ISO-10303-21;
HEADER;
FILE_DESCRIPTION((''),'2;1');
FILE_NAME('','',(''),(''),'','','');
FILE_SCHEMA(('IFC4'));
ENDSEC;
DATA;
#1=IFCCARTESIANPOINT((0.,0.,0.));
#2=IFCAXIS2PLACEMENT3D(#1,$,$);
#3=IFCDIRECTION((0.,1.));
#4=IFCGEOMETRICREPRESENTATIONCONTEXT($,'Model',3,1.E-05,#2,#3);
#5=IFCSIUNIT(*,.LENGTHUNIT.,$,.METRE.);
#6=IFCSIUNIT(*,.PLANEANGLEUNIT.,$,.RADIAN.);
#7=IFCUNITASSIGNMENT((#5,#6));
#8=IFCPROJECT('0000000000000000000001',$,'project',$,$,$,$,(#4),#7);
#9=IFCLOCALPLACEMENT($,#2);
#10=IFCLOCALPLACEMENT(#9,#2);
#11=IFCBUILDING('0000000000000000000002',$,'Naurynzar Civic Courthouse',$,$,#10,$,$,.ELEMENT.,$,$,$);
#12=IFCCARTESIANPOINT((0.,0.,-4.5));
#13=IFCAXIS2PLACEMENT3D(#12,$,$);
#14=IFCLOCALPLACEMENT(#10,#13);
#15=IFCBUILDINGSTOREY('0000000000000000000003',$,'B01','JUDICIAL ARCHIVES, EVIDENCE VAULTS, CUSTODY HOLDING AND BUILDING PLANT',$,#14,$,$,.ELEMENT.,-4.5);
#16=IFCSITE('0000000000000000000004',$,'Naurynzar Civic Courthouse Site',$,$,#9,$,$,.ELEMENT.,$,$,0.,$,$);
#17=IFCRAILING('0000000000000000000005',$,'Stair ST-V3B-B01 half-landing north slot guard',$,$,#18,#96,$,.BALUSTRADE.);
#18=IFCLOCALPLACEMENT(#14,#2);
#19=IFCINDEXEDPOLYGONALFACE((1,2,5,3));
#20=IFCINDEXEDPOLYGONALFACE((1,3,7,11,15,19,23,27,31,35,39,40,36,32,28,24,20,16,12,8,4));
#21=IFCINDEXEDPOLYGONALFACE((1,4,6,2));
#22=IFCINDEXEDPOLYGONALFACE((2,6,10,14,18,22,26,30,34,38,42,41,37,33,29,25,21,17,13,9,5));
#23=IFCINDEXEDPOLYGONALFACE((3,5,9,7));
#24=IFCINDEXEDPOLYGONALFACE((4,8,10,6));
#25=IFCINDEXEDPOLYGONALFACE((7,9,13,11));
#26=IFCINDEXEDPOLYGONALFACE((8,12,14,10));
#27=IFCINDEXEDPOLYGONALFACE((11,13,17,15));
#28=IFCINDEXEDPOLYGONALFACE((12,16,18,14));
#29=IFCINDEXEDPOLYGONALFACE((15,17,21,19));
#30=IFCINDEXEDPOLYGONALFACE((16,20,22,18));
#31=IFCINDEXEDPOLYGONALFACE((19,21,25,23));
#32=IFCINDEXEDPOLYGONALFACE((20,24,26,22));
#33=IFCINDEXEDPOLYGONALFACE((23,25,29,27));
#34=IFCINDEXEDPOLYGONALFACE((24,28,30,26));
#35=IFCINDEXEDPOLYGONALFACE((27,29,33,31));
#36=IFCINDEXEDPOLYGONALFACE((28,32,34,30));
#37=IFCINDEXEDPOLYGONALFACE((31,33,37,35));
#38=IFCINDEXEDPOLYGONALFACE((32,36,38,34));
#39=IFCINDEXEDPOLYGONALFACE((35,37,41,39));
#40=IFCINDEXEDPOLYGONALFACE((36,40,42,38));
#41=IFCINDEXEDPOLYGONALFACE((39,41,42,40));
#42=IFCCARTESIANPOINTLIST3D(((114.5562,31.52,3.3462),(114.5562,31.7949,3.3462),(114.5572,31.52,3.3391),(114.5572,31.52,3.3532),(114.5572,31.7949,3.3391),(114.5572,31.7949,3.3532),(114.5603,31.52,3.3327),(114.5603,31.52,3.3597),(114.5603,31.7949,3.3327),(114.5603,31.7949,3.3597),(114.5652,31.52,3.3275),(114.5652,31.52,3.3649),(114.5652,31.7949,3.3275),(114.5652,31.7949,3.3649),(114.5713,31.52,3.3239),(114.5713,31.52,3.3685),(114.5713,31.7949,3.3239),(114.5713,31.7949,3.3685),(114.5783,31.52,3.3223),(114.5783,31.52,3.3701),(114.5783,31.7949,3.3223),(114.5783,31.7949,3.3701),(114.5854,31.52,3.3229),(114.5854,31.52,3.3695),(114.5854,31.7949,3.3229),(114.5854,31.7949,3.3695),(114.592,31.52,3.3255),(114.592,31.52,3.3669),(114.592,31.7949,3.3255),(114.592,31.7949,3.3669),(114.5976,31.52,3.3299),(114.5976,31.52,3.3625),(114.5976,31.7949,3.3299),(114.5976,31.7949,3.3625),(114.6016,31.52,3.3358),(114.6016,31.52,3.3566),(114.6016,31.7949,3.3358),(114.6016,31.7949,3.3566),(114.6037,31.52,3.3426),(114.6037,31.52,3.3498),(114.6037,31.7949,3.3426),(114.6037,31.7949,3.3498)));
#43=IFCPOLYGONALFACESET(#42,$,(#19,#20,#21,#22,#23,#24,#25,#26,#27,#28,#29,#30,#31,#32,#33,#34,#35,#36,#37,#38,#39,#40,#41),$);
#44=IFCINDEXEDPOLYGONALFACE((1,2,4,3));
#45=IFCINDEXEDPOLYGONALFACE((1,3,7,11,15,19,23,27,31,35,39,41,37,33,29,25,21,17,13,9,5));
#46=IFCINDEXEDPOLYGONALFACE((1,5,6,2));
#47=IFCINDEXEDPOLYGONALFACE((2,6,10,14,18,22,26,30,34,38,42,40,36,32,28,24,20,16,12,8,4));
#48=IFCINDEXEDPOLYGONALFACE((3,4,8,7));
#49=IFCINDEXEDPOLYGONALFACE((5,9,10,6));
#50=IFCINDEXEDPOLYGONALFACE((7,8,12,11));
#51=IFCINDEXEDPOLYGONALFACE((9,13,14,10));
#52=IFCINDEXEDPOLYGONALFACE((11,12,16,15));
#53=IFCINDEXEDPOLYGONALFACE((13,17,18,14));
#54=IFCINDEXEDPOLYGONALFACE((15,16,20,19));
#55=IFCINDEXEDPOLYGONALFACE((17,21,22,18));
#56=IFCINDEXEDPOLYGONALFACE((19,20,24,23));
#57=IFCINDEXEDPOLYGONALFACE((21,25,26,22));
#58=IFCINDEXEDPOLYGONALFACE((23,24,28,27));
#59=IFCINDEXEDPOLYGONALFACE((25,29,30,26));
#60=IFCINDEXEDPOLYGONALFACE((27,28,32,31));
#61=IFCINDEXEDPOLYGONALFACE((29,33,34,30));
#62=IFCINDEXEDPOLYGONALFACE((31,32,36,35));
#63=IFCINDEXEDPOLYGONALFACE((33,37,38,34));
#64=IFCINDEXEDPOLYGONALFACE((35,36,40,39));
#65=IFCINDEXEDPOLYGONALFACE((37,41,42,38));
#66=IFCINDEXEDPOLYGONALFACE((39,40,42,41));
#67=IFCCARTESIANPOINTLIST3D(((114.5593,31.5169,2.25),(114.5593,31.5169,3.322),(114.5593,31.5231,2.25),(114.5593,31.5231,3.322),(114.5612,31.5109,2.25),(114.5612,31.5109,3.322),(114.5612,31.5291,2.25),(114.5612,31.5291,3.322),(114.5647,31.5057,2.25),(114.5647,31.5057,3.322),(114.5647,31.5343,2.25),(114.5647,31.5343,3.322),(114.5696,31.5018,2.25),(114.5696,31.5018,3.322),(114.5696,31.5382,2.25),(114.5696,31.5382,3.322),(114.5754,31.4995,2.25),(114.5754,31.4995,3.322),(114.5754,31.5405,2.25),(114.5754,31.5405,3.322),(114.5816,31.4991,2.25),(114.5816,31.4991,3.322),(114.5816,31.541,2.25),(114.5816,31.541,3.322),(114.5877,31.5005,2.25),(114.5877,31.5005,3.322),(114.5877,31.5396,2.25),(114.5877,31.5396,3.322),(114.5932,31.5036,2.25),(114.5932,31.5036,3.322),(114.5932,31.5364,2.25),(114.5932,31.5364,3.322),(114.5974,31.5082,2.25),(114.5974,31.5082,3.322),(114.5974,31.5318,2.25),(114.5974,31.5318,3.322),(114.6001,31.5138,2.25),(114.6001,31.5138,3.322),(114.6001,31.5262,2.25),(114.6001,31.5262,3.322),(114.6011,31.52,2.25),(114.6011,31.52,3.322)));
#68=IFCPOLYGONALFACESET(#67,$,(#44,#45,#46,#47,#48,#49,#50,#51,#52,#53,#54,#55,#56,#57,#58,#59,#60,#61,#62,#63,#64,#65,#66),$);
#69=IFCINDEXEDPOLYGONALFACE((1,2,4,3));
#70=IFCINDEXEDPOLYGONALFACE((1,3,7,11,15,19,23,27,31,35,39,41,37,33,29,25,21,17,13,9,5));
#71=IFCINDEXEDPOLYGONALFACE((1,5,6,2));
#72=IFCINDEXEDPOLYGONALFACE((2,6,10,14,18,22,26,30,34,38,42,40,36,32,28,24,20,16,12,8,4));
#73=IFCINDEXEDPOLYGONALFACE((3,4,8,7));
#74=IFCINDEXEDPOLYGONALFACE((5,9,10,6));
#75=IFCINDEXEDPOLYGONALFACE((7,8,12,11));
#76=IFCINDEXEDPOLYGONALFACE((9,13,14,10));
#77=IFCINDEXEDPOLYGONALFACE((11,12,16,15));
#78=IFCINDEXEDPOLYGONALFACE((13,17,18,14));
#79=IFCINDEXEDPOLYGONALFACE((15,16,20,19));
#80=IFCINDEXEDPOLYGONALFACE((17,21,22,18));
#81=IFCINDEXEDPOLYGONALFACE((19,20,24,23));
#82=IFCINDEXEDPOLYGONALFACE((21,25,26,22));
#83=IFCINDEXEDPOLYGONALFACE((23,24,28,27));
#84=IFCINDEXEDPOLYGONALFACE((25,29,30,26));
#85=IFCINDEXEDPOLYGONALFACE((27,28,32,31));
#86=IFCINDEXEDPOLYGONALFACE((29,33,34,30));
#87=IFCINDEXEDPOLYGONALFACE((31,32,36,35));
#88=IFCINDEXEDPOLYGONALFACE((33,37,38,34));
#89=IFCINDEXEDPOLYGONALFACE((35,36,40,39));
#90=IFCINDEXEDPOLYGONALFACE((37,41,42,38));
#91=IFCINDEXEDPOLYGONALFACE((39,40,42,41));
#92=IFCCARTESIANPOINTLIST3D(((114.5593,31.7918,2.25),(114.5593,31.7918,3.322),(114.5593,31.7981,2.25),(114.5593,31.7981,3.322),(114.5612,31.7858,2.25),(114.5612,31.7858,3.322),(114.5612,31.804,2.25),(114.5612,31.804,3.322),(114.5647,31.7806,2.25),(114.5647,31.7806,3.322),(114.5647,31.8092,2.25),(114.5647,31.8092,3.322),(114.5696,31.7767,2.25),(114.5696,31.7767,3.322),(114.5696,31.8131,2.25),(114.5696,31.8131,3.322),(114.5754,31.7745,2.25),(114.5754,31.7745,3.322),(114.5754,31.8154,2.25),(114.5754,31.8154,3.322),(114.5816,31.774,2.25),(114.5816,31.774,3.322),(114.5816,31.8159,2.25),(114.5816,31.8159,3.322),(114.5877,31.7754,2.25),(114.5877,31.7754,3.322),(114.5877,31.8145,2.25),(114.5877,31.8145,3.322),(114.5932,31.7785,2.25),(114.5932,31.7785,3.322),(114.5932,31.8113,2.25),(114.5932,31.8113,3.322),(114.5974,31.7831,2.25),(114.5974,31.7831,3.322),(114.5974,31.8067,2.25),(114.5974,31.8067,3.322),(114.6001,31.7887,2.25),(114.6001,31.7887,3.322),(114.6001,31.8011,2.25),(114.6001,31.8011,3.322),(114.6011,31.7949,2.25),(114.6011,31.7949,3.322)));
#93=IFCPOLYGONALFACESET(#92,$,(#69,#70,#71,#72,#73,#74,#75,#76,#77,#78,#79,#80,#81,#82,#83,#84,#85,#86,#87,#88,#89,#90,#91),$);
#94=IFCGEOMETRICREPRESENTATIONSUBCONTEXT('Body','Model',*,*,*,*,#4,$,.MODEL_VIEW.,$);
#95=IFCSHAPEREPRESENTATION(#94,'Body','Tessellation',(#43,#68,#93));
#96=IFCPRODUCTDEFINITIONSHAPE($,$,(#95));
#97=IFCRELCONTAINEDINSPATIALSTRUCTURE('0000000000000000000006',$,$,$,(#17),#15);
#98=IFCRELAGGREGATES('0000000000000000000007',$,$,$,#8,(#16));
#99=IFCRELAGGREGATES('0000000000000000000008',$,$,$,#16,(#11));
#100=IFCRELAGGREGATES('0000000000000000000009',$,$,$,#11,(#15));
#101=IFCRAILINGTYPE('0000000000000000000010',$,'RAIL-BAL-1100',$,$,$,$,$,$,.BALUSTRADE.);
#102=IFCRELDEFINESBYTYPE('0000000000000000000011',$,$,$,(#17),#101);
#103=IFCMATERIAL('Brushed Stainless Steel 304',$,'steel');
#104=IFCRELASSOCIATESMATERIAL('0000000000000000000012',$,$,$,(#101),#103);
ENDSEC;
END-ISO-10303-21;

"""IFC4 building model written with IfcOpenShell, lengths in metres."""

from ifc_helpers import new_model, si_unit, direction, frame, origin, origin_2d, place, context, subcontext, project, spatial, circle, extrude, material, type_object, element, save


model = new_model("IFC4")

# Units and contexts
model_context = context("Model", 3, precision=1e-05, world=origin(), true_north=direction((0.0, 1.0)))
body_context = subcontext(model_context, "Body", "Model", "MODEL_VIEW")
ifc_project = project(units=[si_unit("LENGTHUNIT", "METRE"), si_unit("PLANEANGLEUNIT", "RADIAN")], contexts=[model_context])

# Site, building, storey
site_placement = place(None, origin())
site = spatial("IfcSite", under=ifc_project, at=site_placement, Name="Naurynzar Civic Courthouse Site", CompositionType="ELEMENT", RefElevation=0.0)
building_placement = place(site_placement, origin())
building = spatial("IfcBuilding", under=site, at=building_placement, Name="Naurynzar Civic Courthouse", CompositionType="ELEMENT")
storey_placement = place(building_placement, frame((0.0, 0.0, -4.5)))
storey = spatial("IfcBuildingStorey", under=building, at=storey_placement, Name="B01", Description="JUDICIAL ARCHIVES, EVIDENCE VAULTS, CUSTODY HOLDING AND BUILDING PLANT", CompositionType="ELEMENT", Elevation=-4.5)

# Railing
ifc_material_1 = material(Name="Brushed Stainless Steel 304", Category="steel")
railing_type_1 = type_object("IfcRailingType", Name="RAIL-BAL-1100", PredefinedType="BALUSTRADE", material=ifc_material_1)
railing_1_placement = place(storey_placement, frame((114.5801, 31.52, 2.25)))
element("IfcRailing", 1, at=railing_1_placement, inside=storey, type_object=railing_type_1, Name="Stair ST-V3B-B01 half-landing north slot guard", PredefinedType="BALUSTRADE", context=body_context, shape_type="SweptSolid", body=[
    extrude(circle(Radius=0.0239, at=origin_2d()), frame((0.0, 0.0, 1.0962), z_axis=(0.0, 1.0, 0.0), x_axis=(-1.0, 0.0, 0.0)), (0.0, 0.0, 1.0), 0.2749),
    extrude(circle(Radius=0.021, at=origin_2d()), origin(), (0.0, 0.0, 1.0), 1.072),
    extrude(circle(Radius=0.021, at=origin_2d()), frame((0.0, 0.2749, 0.0)), (0.0, 0.0, 1.0), 1.072),
])

save(model, "model.ifc")
